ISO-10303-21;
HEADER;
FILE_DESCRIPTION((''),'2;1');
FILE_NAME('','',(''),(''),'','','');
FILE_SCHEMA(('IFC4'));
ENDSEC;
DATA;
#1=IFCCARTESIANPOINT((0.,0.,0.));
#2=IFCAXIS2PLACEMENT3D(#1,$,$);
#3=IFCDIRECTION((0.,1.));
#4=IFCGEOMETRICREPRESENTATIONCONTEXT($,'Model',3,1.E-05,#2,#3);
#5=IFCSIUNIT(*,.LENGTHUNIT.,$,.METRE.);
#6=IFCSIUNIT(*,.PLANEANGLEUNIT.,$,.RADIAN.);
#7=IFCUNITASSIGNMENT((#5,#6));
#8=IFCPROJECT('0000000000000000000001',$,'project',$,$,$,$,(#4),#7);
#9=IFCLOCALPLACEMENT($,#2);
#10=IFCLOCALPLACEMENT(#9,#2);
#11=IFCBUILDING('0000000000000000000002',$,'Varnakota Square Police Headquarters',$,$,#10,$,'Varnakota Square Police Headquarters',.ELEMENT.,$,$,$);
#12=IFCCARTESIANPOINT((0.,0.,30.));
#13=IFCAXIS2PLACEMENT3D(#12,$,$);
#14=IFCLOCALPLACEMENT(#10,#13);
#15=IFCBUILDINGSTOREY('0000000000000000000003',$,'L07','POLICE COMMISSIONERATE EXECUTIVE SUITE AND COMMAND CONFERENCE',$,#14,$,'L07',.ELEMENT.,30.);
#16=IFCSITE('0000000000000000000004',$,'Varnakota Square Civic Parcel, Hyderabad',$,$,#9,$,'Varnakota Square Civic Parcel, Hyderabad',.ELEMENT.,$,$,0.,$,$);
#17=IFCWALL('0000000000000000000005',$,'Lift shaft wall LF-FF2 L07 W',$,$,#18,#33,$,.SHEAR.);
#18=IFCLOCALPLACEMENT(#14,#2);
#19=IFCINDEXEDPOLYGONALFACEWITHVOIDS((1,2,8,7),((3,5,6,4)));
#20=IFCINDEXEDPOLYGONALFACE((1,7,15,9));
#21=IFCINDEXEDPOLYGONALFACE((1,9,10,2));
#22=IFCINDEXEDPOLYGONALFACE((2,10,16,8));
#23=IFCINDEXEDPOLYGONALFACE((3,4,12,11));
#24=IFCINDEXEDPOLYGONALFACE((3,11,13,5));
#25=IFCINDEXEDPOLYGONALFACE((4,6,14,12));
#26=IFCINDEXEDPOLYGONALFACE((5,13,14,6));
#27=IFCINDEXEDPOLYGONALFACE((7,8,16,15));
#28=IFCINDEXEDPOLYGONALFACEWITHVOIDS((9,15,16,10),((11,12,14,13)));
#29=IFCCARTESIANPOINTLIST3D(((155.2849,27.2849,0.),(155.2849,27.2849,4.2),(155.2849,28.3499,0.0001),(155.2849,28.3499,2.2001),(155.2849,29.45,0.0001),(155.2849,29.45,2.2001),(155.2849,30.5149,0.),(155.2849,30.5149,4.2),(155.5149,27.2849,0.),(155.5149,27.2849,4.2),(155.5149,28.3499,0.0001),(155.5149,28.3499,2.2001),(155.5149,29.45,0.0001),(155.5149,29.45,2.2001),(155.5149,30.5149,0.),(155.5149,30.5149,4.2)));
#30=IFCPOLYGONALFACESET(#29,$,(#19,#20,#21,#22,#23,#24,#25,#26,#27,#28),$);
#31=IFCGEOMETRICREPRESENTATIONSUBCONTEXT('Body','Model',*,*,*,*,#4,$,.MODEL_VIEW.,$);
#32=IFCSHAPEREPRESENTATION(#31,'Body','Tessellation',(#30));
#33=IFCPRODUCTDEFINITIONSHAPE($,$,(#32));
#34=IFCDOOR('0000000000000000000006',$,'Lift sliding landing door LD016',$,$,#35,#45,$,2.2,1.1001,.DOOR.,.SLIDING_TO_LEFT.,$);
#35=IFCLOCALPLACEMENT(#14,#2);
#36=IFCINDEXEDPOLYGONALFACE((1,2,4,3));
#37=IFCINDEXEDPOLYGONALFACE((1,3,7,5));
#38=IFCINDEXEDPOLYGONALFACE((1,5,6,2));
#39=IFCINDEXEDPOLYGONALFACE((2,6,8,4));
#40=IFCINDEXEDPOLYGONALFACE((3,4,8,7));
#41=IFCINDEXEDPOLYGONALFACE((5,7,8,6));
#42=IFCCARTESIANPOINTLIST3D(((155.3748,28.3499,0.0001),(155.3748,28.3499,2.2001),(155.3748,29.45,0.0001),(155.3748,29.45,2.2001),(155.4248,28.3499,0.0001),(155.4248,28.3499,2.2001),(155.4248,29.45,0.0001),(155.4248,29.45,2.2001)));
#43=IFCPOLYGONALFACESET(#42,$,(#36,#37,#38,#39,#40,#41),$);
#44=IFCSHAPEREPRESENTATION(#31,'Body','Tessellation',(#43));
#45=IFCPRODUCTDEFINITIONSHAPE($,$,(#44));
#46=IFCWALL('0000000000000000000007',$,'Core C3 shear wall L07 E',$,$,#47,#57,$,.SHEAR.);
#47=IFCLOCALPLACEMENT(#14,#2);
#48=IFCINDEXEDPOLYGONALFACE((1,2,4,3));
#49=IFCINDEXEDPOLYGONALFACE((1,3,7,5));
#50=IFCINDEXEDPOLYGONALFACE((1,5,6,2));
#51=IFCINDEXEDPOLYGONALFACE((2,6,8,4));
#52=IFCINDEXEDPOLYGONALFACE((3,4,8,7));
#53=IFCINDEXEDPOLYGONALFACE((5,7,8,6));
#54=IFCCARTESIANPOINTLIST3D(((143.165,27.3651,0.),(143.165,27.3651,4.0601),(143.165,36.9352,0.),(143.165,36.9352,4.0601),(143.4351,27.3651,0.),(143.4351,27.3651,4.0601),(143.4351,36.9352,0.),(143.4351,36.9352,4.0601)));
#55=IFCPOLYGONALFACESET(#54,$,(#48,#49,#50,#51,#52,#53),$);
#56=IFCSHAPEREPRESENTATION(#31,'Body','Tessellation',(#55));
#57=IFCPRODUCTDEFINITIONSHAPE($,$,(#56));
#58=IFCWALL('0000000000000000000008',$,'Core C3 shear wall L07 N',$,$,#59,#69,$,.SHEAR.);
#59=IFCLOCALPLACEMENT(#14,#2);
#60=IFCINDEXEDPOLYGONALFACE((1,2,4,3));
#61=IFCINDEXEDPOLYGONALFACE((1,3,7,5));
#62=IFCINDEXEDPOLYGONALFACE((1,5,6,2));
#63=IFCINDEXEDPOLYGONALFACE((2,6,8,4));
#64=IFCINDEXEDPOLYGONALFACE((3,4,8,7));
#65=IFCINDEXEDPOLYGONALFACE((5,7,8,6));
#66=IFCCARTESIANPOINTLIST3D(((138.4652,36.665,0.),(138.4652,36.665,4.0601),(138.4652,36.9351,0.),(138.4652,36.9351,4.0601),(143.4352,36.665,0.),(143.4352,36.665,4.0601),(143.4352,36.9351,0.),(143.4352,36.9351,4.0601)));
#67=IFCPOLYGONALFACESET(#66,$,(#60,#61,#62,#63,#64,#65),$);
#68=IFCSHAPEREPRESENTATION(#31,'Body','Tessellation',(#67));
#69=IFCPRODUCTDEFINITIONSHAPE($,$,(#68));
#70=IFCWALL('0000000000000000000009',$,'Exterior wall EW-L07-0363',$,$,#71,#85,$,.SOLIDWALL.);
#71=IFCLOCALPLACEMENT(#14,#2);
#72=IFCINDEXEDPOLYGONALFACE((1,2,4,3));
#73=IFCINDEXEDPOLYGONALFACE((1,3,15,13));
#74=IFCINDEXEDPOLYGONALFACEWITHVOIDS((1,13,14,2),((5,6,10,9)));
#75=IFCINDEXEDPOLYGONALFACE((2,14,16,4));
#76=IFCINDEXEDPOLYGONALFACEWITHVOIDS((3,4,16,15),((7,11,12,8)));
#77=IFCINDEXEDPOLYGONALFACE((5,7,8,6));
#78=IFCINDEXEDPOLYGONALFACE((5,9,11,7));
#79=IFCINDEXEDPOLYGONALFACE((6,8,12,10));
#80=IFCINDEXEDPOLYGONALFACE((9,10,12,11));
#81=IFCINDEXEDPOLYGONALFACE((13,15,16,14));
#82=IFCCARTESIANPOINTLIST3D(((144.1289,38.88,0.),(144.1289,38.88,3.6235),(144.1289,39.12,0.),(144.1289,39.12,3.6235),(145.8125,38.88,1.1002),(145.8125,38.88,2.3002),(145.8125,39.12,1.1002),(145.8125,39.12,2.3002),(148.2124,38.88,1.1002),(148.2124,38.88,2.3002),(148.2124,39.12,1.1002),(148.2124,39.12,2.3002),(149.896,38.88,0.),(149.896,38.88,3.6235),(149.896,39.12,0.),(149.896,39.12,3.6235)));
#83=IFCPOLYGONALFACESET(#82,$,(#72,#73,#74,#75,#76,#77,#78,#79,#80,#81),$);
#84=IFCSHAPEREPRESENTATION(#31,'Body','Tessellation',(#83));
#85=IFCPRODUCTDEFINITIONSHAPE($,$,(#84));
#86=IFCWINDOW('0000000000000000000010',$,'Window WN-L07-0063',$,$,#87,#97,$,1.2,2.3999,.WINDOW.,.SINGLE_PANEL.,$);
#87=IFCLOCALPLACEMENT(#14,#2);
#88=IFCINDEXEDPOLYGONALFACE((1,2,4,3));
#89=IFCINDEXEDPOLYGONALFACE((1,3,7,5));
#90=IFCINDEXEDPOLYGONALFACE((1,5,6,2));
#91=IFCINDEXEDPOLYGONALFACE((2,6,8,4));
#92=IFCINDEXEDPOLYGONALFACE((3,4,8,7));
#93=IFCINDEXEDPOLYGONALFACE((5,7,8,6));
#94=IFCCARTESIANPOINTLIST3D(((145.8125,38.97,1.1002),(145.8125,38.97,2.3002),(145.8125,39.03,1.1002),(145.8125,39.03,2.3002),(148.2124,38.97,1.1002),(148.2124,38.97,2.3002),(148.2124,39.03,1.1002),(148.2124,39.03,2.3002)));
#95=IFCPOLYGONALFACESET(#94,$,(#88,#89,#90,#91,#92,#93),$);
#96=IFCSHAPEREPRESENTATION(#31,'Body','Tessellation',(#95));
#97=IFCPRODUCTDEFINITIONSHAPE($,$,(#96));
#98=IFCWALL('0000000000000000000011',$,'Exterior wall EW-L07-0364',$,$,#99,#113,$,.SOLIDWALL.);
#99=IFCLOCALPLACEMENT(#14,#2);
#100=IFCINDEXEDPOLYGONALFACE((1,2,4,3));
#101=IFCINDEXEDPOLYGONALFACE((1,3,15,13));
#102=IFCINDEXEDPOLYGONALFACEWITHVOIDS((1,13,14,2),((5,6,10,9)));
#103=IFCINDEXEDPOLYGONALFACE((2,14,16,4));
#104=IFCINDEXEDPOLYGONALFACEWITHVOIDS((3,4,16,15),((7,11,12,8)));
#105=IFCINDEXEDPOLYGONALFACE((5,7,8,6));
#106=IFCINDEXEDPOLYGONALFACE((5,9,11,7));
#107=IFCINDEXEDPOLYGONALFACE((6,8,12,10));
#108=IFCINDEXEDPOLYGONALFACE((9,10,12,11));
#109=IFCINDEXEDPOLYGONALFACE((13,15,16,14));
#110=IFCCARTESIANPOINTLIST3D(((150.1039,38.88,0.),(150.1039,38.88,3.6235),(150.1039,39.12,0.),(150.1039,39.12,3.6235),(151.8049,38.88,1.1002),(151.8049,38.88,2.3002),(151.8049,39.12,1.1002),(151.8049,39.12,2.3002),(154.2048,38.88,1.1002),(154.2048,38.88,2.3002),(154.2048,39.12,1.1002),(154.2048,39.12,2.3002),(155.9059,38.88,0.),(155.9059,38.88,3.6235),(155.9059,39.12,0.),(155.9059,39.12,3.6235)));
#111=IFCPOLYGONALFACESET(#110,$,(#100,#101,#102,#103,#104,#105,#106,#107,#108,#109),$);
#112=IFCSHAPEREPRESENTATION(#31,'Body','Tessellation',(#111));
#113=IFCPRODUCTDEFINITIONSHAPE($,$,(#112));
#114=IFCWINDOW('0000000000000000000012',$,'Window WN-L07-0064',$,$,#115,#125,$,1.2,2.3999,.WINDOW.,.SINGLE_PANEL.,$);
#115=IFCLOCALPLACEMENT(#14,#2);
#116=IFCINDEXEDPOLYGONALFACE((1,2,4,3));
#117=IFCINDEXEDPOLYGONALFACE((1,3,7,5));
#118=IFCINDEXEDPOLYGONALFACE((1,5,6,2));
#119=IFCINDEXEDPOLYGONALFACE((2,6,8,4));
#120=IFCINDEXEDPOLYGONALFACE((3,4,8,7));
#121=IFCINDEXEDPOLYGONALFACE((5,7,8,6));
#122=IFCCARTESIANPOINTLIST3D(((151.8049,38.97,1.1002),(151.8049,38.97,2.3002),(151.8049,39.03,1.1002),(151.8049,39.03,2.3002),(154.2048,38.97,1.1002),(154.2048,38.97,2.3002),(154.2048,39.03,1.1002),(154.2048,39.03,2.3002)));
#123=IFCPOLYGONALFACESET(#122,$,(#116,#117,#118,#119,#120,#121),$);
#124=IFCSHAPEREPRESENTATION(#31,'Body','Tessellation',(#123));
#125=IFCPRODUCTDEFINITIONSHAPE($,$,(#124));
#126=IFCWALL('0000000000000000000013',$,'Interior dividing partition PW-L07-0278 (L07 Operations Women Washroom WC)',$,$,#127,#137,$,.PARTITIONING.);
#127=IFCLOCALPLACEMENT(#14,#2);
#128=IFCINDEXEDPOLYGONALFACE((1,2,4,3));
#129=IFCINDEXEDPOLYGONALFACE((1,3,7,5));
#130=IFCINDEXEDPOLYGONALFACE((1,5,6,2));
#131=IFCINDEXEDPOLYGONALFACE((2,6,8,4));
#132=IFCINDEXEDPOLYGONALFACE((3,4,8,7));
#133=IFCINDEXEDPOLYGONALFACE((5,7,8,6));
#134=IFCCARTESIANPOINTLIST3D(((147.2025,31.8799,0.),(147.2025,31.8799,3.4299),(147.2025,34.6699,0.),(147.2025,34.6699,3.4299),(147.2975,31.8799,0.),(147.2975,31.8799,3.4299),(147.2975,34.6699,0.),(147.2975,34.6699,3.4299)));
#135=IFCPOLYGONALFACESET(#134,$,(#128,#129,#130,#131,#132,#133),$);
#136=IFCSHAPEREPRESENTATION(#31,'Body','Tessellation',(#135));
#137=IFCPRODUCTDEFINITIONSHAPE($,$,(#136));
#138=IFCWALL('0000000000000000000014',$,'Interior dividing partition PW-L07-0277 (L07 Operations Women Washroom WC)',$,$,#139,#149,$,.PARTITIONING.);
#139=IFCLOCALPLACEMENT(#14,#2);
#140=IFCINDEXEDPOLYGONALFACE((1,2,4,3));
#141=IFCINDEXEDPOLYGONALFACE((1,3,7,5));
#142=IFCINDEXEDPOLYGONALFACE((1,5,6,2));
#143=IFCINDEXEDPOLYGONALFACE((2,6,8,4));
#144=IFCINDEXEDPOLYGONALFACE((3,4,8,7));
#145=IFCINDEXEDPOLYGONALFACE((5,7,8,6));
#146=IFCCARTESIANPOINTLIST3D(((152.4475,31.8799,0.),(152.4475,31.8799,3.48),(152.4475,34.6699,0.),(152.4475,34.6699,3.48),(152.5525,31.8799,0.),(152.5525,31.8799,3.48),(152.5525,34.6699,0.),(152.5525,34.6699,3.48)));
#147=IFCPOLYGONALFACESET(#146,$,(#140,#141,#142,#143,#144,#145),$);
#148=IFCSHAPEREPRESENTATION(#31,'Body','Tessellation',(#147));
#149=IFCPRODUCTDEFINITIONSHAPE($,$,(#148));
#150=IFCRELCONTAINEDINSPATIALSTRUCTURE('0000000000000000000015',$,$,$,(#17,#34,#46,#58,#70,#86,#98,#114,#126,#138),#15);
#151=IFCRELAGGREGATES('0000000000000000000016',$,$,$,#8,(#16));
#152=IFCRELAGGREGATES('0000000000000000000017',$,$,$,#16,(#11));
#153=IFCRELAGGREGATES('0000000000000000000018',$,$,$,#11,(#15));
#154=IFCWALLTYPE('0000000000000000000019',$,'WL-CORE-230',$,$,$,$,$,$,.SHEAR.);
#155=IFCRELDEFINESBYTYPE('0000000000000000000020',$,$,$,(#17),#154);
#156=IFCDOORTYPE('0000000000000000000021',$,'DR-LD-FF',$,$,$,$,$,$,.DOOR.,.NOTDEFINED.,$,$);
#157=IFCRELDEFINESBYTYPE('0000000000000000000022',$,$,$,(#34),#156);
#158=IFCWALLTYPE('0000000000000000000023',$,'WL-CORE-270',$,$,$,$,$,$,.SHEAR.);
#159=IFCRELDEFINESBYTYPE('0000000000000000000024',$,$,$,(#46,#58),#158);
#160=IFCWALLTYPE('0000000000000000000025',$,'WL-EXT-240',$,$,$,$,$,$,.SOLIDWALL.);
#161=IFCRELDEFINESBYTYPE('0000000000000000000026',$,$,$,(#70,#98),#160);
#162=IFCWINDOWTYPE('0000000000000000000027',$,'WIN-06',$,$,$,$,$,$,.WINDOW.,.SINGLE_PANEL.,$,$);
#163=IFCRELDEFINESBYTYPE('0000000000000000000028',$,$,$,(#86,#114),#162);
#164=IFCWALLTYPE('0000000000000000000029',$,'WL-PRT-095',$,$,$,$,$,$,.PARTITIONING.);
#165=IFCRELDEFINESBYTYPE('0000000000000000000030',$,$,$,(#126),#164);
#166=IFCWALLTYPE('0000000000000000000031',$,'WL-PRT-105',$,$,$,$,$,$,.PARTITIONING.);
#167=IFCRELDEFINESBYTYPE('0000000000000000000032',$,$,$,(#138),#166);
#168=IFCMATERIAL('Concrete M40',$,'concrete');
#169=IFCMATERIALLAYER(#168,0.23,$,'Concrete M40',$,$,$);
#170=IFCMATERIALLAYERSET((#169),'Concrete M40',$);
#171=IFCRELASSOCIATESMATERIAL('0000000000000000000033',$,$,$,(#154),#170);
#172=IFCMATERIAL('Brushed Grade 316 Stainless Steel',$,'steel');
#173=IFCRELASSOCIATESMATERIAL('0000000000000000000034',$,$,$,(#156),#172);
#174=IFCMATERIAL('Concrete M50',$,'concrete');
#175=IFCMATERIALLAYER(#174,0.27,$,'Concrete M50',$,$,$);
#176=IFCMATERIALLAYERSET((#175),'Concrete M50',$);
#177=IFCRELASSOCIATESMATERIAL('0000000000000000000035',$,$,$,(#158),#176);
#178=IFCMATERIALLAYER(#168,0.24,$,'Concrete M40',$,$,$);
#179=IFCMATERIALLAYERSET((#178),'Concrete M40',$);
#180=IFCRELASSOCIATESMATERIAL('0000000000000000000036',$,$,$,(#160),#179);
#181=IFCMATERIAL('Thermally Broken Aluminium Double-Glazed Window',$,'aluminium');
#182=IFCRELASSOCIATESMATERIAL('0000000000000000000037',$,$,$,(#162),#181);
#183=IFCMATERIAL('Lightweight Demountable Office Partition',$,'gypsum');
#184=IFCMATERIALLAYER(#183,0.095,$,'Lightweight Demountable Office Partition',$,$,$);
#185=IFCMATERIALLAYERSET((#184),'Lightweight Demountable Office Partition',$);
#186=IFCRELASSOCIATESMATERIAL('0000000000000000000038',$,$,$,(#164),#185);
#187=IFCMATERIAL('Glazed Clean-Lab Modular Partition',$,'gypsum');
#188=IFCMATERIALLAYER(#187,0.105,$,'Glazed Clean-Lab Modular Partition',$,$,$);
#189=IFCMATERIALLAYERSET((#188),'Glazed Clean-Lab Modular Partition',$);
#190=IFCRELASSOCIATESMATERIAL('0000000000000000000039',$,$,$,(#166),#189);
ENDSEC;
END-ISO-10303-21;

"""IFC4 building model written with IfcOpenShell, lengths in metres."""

from ifc_helpers import new_model, si_unit, direction, frame, frame_2d, origin, place, context, subcontext, project, spatial, rectangle, extrude, material, layer, layer_set, type_object, element, fill, save


model = new_model("IFC4")

# Units and contexts
model_context = context("Model", 3, precision=1e-05, world=origin(), true_north=direction((0.0, 1.0)))
body_context = subcontext(model_context, "Body", "Model", "MODEL_VIEW")
ifc_project = project(units=[si_unit("LENGTHUNIT", "METRE"), si_unit("PLANEANGLEUNIT", "RADIAN")], contexts=[model_context])

# Site, building, storey
site_placement = place(None, origin())
site = spatial("IfcSite", under=ifc_project, at=site_placement, Name="Varnakota Square Civic Parcel, Hyderabad", LongName="Varnakota Square Civic Parcel, Hyderabad", CompositionType="ELEMENT", RefElevation=0.0)
building_placement = place(site_placement, origin())
building = spatial("IfcBuilding", under=site, at=building_placement, Name="Varnakota Square Police Headquarters", LongName="Varnakota Square Police Headquarters", CompositionType="ELEMENT")
storey_placement = place(building_placement, frame((0.0, 0.0, 30.0)))
storey = spatial("IfcBuildingStorey", under=building, at=storey_placement, Name="L07", Description="POLICE COMMISSIONERATE EXECUTIVE SUITE AND COMMAND CONFERENCE", LongName="L07", CompositionType="ELEMENT", Elevation=30.0)

# Shared definitions
ifc_material_1 = material(Name="Concrete M40", Category="concrete")
ifc_layer_1 = layer(ifc_material_1, 0.23, Name="Concrete M40")
ifc_layer_set_1 = layer_set([ifc_layer_1], Name="Concrete M40")
wall_type_1 = type_object("IfcWallType", Name="WL-CORE-230", PredefinedType="SHEAR", material=ifc_layer_set_1)

# Wall, opening, door
wall_1_placement = place(storey_placement, frame((155.3999, 30.5149, 0.0), z_axis=(0.0, 0.0, 1.0), x_axis=(0.0, -1.0, 0.0)))
wall_1 = element("IfcWall", 1, at=wall_1_placement, inside=storey, type_object=wall_type_1, Name="Lift shaft wall LF-FF2 L07 W", PredefinedType="SHEAR", context=body_context, shape_type="SweptSolid", body=[
    extrude(rectangle(XDim=3.23, YDim=0.23, at=frame_2d((1.615, 0.0))), origin(), (0.0, 0.0, 1.0), 4.2),
])
opening_1_placement = place(wall_1_placement, frame((1.0649, 0.0, 0.0)))
opening_1 = element("IfcOpeningElement", 2, at=opening_1_placement, cuts=wall_1, PredefinedType="OPENING", context=body_context, shape_type="SweptSolid", body=[
    extrude(rectangle(XDim=1.1001, YDim=2.2, at=frame_2d((0.55, 1.1001))), frame((0.0, 0.125, 0.0), z_axis=(0.0, -1.0, 0.0), x_axis=(1.0, 0.0, 0.0)), (0.0, 0.0, 1.0), 0.25),
])
ifc_material_2 = material(Name="Brushed Grade 316 Stainless Steel", Category="steel")
door_type_1 = type_object("IfcDoorType", Name="DR-LD-FF", OperationType="NOTDEFINED", PredefinedType="DOOR", material=ifc_material_2)
door_1_placement = place(opening_1_placement, origin())
door_1 = element("IfcDoor", 3, at=door_1_placement, inside=storey, type_object=door_type_1, Name="Lift sliding landing door LD016", OperationType="SLIDING_TO_LEFT", OverallHeight=2.2, OverallWidth=1.1001, PredefinedType="DOOR", context=body_context, shape_type="SweptSolid", body=[
    extrude(rectangle(XDim=1.1001, YDim=2.2, at=frame_2d((0.55, 1.1001))), frame((0.0, 0.0249, 0.0), z_axis=(0.0, -1.0, 0.0), x_axis=(1.0, 0.0, 0.0)), (0.0, 0.0, 1.0), 0.05),
])
fill(opening_1, door_1)

# Walls
ifc_material_3 = material(Name="Concrete M50", Category="concrete")
ifc_layer_2 = layer(ifc_material_3, 0.27, Name="Concrete M50")
ifc_layer_set_2 = layer_set([ifc_layer_2], Name="Concrete M50")
wall_type_2 = type_object("IfcWallType", Name="WL-CORE-270", PredefinedType="SHEAR", material=ifc_layer_set_2)
wall_2_placement = place(storey_placement, frame((143.3, 27.365, 0.0), z_axis=(0.0, 0.0, 1.0), x_axis=(0.0, 1.0, 0.0)))
element("IfcWall", 4, at=wall_2_placement, inside=storey, type_object=wall_type_2, Name="Core C3 shear wall L07 E", PredefinedType="SHEAR", context=body_context, shape_type="SweptSolid", body=[
    extrude(rectangle(XDim=9.5701, YDim=0.27, at=frame_2d((4.7852, 0.0))), origin(), (0.0, 0.0, 1.0), 4.0601),
])
wall_3_placement = place(storey_placement, frame((143.4351, 36.8, 0.0), z_axis=(0.0, 0.0, 1.0), x_axis=(-1.0, 0.0, 0.0)))
element("IfcWall", 5, at=wall_3_placement, inside=storey, type_object=wall_type_2, Name="Core C3 shear wall L07 N", PredefinedType="SHEAR", context=body_context, shape_type="SweptSolid", body=[
    extrude(rectangle(XDim=4.97, YDim=0.27, at=frame_2d((2.4849, 0.0))), origin(), (0.0, 0.0, 1.0), 4.0601),
])

# Walls, openings, windows
ifc_layer_3 = layer(ifc_material_1, 0.24, Name="Concrete M40")
ifc_layer_set_3 = layer_set([ifc_layer_3], Name="Concrete M40")
wall_type_3 = type_object("IfcWallType", Name="WL-EXT-240", PredefinedType="SOLIDWALL", material=ifc_layer_set_3)
wall_4_placement = place(storey_placement, frame((144.1289, 39.0, 0.0), z_axis=(0.0, 0.0, 1.0), x_axis=(1.0, 0.0, 0.0)))
wall_4 = element("IfcWall", 6, at=wall_4_placement, inside=storey, type_object=wall_type_3, Name="Exterior wall EW-L07-0363", PredefinedType="SOLIDWALL", context=body_context, shape_type="SweptSolid", body=[
    extrude(rectangle(XDim=5.7671, YDim=0.24, at=frame_2d((2.8835, 0.0))), origin(), (0.0, 0.0, 1.0), 3.6235),
])
opening_2_placement = place(wall_4_placement, frame((1.6836, 0.0, 1.1001)))
opening_2 = element("IfcOpeningElement", 7, at=opening_2_placement, cuts=wall_4, PredefinedType="OPENING", context=body_context, shape_type="SweptSolid", body=[
    extrude(rectangle(XDim=2.3999, YDim=1.2, at=frame_2d((1.2, 0.6001))), frame((0.0, 0.1299, 0.0), z_axis=(0.0, -1.0, 0.0), x_axis=(1.0, 0.0, 0.0)), (0.0, 0.0, 1.0), 0.26),
])
ifc_material_4 = material(Name="Thermally Broken Aluminium Double-Glazed Window", Category="aluminium")
window_type = type_object("IfcWindowType", Name="WIN-06", PartitioningType="SINGLE_PANEL", PredefinedType="WINDOW", material=ifc_material_4)
window_1_placement = place(opening_2_placement, origin())
window_1 = element("IfcWindow", 8, at=window_1_placement, inside=storey, type_object=window_type, Name="Window WN-L07-0063", OverallHeight=1.2, OverallWidth=2.3999, PartitioningType="SINGLE_PANEL", PredefinedType="WINDOW", context=body_context, shape_type="SweptSolid", body=[
    extrude(rectangle(XDim=2.3999, YDim=1.2, at=frame_2d((1.2, 0.6001))), frame((0.0, 0.03, 0.0), z_axis=(0.0, -1.0, 0.0), x_axis=(1.0, 0.0, 0.0)), (0.0, 0.0, 1.0), 0.0601),
])
fill(opening_2, window_1)
wall_5_placement = place(storey_placement, frame((150.104, 39.0, 0.0), z_axis=(0.0, 0.0, 1.0), x_axis=(1.0, 0.0, 0.0)))
wall_5 = element("IfcWall", 9, at=wall_5_placement, inside=storey, type_object=wall_type_3, Name="Exterior wall EW-L07-0364", PredefinedType="SOLIDWALL", context=body_context, shape_type="SweptSolid", body=[
    extrude(rectangle(XDim=5.802, YDim=0.24, at=frame_2d((2.9009, 0.0))), origin(), (0.0, 0.0, 1.0), 3.6235),
])
opening_3_placement = place(wall_5_placement, frame((1.7009, 0.0, 1.1001)))
opening_3 = element("IfcOpeningElement", 10, at=opening_3_placement, cuts=wall_5, PredefinedType="OPENING", context=body_context, shape_type="SweptSolid", body=[
    extrude(rectangle(XDim=2.3999, YDim=1.2, at=frame_2d((1.2, 0.6001))), frame((0.0, 0.1299, 0.0), z_axis=(0.0, -1.0, 0.0), x_axis=(1.0, 0.0, 0.0)), (0.0, 0.0, 1.0), 0.26),
])
window_2_placement = place(opening_3_placement, origin())
window_2 = element("IfcWindow", 11, at=window_2_placement, inside=storey, type_object=window_type, Name="Window WN-L07-0064", OverallHeight=1.2, OverallWidth=2.3999, PartitioningType="SINGLE_PANEL", PredefinedType="WINDOW", context=body_context, shape_type="SweptSolid", body=[
    extrude(rectangle(XDim=2.3999, YDim=1.2, at=frame_2d((1.2, 0.6001))), frame((0.0, 0.03, 0.0), z_axis=(0.0, -1.0, 0.0), x_axis=(1.0, 0.0, 0.0)), (0.0, 0.0, 1.0), 0.0601),
])
fill(opening_3, window_2)

# Walls
ifc_material_5 = material(Name="Lightweight Demountable Office Partition", Category="gypsum")
ifc_layer_4 = layer(ifc_material_5, 0.095, Name="Lightweight Demountable Office Partition")
ifc_layer_set_4 = layer_set([ifc_layer_4], Name="Lightweight Demountable Office Partition")
wall_type_4 = type_object("IfcWallType", Name="WL-PRT-095", PredefinedType="PARTITIONING", material=ifc_layer_set_4)
wall_6_placement = place(storey_placement, frame((147.25, 31.8799, 0.0), z_axis=(0.0, 0.0, 1.0), x_axis=(0.0, 1.0, 0.0)))
element("IfcWall", 12, at=wall_6_placement, inside=storey, type_object=wall_type_4, Name="Interior dividing partition PW-L07-0278 (L07 Operations Women Washroom WC)", PredefinedType="PARTITIONING", context=body_context, shape_type="SweptSolid", body=[
    extrude(rectangle(XDim=2.79, YDim=0.095, at=frame_2d((1.395, 0.0))), origin(), (0.0, 0.0, 1.0), 3.4299),
])
ifc_material_6 = material(Name="Glazed Clean-Lab Modular Partition", Category="gypsum")
ifc_layer_5 = layer(ifc_material_6, 0.105, Name="Glazed Clean-Lab Modular Partition")
ifc_layer_set_5 = layer_set([ifc_layer_5], Name="Glazed Clean-Lab Modular Partition")
wall_type_5 = type_object("IfcWallType", Name="WL-PRT-105", PredefinedType="PARTITIONING", material=ifc_layer_set_5)
wall_7_placement = place(storey_placement, frame((152.5, 34.6699, 0.0), z_axis=(0.0, 0.0, 1.0), x_axis=(0.0, -1.0, 0.0)))
element("IfcWall", 13, at=wall_7_placement, inside=storey, type_object=wall_type_5, Name="Interior dividing partition PW-L07-0277 (L07 Operations Women Washroom WC)", PredefinedType="PARTITIONING", context=body_context, shape_type="SweptSolid", body=[
    extrude(rectangle(XDim=2.79, YDim=0.105, at=frame_2d((1.395, 0.0))), origin(), (0.0, 0.0, 1.0), 3.48),
])

save(model, "model.ifc")
